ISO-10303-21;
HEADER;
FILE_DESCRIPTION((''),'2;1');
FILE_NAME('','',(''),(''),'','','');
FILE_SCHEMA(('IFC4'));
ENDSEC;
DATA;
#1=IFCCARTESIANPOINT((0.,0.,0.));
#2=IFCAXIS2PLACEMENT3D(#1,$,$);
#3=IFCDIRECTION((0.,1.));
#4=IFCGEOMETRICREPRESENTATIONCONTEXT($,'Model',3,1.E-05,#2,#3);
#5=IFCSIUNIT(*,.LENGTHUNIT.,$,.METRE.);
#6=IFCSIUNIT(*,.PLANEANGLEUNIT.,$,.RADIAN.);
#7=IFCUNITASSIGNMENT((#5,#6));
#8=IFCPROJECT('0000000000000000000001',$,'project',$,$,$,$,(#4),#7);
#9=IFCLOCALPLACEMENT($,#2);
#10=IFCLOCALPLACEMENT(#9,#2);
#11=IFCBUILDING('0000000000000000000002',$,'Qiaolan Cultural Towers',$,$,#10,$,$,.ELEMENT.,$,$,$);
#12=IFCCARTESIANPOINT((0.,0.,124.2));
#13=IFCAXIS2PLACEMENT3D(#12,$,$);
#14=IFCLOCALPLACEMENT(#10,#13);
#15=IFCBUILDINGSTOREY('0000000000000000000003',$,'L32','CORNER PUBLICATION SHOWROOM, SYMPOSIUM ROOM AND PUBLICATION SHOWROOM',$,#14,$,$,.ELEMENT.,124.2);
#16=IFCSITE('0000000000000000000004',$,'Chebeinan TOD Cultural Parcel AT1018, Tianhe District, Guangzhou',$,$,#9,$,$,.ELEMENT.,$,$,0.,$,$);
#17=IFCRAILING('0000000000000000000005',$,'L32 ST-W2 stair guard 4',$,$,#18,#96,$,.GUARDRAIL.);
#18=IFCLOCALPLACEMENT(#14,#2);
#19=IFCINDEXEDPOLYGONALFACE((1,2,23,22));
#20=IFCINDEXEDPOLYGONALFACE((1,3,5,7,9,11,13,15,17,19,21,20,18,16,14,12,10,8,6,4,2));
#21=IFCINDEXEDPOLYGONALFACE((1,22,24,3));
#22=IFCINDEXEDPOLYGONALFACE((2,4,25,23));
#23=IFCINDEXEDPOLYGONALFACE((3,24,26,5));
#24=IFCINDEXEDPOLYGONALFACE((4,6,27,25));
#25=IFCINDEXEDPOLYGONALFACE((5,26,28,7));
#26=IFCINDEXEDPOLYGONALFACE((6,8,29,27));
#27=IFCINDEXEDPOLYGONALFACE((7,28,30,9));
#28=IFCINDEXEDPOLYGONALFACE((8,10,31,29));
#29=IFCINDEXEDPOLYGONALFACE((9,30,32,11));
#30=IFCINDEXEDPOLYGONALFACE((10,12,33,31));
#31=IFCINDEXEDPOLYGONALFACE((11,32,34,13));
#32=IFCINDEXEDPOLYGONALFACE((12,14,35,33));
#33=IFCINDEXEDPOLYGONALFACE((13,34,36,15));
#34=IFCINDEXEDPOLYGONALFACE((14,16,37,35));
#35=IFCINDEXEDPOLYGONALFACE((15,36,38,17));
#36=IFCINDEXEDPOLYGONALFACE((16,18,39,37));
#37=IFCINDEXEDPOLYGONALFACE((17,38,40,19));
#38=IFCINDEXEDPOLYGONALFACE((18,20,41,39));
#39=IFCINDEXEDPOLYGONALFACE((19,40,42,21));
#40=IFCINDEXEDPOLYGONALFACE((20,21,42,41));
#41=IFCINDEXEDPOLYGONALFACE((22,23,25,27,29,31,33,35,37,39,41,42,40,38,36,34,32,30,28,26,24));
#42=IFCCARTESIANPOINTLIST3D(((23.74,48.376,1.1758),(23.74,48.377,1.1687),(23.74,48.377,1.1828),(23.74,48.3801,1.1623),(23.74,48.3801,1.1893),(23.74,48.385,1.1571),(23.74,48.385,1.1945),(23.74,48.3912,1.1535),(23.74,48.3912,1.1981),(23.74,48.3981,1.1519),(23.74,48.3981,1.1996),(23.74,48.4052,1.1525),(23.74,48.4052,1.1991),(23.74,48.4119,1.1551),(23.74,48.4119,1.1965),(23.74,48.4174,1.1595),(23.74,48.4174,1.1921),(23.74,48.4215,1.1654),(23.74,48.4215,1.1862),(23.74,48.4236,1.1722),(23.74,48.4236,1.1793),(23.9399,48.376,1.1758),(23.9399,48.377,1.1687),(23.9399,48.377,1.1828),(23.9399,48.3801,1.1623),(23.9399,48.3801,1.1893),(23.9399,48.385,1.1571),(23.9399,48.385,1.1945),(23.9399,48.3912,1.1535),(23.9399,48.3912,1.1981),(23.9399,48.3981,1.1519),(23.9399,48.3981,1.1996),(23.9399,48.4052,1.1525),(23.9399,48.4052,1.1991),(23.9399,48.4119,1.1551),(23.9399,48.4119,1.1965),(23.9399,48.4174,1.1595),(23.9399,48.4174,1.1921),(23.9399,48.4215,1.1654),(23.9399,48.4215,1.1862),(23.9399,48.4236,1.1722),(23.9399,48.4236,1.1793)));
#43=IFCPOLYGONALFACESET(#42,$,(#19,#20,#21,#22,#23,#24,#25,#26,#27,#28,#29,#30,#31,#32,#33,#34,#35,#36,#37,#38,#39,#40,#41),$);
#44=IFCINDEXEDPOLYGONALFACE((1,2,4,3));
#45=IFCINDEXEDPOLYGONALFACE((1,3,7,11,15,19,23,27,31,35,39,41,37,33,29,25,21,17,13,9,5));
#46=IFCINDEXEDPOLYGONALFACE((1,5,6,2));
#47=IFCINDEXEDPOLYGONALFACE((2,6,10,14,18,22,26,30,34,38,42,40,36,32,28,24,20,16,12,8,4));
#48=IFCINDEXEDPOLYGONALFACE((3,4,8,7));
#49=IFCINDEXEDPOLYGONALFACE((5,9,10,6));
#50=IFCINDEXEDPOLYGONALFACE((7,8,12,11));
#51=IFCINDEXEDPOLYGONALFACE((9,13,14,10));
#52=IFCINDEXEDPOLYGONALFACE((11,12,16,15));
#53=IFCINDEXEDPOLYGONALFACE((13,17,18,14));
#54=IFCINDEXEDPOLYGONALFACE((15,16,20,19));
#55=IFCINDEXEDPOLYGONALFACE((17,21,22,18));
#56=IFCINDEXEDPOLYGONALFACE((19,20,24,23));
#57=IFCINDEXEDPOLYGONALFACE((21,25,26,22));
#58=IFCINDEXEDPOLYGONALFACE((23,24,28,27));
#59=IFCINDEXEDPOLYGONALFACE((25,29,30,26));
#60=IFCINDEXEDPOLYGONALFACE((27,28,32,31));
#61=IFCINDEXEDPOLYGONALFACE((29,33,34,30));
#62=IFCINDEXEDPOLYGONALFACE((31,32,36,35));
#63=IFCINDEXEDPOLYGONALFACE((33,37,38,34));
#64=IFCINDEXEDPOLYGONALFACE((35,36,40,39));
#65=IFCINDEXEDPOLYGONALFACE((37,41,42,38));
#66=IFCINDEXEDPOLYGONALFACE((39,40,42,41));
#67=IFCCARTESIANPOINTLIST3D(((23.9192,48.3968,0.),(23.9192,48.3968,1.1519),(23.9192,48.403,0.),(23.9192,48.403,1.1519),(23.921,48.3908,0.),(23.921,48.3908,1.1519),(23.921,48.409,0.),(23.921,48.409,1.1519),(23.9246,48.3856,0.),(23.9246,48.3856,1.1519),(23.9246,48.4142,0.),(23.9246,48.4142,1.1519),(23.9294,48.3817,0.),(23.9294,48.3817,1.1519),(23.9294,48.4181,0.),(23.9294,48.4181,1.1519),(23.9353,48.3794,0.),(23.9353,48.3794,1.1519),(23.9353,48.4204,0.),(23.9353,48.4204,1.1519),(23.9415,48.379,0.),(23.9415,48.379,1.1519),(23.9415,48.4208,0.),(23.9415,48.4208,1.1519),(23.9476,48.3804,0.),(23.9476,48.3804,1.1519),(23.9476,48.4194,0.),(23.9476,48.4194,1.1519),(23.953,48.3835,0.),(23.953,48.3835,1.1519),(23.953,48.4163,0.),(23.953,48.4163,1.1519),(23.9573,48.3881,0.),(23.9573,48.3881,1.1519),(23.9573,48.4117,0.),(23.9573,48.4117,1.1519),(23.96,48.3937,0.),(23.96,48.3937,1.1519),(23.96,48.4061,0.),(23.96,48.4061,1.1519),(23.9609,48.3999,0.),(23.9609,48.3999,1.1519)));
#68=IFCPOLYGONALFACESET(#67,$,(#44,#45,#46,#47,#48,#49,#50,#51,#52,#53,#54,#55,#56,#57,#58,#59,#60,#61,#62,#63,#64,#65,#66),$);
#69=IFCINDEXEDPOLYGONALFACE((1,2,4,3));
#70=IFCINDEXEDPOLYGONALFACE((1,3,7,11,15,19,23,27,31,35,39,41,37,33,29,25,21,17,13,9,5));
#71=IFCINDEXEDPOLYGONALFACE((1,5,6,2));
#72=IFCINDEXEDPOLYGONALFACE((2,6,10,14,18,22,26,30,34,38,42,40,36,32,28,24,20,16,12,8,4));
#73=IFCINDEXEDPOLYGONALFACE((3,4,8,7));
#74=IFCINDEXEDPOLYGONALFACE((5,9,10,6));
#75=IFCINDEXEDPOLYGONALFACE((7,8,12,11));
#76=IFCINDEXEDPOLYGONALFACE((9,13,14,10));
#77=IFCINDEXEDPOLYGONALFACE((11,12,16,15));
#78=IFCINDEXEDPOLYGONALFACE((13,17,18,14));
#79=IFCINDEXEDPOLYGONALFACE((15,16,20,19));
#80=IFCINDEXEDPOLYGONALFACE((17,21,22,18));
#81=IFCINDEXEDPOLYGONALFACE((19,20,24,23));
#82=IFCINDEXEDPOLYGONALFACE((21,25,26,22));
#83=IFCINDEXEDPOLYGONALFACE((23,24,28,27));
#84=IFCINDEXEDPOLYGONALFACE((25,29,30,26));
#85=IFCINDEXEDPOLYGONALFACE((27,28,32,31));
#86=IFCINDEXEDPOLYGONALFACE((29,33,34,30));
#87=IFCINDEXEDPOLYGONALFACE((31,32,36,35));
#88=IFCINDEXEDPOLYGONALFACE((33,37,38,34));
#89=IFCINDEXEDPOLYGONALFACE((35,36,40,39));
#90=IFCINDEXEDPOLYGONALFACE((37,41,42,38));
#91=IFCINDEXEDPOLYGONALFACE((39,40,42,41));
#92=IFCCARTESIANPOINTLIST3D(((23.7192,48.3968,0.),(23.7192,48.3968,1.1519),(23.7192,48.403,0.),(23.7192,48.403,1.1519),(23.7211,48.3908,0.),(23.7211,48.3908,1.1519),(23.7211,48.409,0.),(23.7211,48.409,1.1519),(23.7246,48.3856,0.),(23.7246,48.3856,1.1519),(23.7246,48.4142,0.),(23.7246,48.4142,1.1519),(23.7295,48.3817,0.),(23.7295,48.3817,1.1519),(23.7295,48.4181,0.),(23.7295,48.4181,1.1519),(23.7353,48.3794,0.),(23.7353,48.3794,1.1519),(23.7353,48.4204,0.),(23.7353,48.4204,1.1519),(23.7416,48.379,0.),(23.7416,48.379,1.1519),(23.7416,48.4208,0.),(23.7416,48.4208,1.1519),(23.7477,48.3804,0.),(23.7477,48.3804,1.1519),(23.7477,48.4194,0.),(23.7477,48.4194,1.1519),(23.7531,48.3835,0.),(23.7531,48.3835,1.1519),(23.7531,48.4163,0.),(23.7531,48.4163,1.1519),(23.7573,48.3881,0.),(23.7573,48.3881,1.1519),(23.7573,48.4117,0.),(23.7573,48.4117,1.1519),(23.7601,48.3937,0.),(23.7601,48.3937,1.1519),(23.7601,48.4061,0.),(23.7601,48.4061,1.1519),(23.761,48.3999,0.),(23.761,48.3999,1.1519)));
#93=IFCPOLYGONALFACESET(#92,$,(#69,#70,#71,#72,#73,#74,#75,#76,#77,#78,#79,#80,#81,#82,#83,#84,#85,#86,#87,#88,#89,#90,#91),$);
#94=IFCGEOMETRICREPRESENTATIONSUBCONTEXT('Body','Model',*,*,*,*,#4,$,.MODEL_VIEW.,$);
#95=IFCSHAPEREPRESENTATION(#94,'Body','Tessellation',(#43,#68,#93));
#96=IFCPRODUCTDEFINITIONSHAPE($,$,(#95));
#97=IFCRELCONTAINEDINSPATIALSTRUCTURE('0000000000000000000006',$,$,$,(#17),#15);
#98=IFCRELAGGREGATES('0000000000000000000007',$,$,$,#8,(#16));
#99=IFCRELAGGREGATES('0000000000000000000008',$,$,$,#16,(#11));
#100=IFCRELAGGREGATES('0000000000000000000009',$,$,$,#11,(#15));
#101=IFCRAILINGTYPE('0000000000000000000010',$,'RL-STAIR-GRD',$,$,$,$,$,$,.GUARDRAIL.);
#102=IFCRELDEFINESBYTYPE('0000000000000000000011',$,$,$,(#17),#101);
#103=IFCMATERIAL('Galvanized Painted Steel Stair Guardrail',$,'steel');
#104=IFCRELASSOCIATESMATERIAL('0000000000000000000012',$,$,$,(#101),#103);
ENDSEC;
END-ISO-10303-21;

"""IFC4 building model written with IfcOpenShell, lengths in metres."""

from ifc_helpers import new_model, si_unit, direction, frame, origin, origin_2d, place, context, subcontext, project, spatial, circle, extrude, material, type_object, element, save


model = new_model("IFC4")

# Units and contexts
model_context = context("Model", 3, precision=1e-05, world=origin(), true_north=direction((0.0, 1.0)))
body_context = subcontext(model_context, "Body", "Model", "MODEL_VIEW")
ifc_project = project(units=[si_unit("LENGTHUNIT", "METRE"), si_unit("PLANEANGLEUNIT", "RADIAN")], contexts=[model_context])

# Site, building, storey
site_placement = place(None, origin())
site = spatial("IfcSite", under=ifc_project, at=site_placement, Name="Chebeinan TOD Cultural Parcel AT1018, Tianhe District, Guangzhou", CompositionType="ELEMENT", RefElevation=0.0)
building_placement = place(site_placement, origin())
building = spatial("IfcBuilding", under=site, at=building_placement, Name="Qiaolan Cultural Towers", CompositionType="ELEMENT")
storey_placement = place(building_placement, frame((0.0, 0.0, 124.2)))
storey = spatial("IfcBuildingStorey", under=building, at=storey_placement, Name="L32", Description="CORNER PUBLICATION SHOWROOM, SYMPOSIUM ROOM AND PUBLICATION SHOWROOM", CompositionType="ELEMENT", Elevation=124.2)

# Railing
ifc_material_1 = material(Name="Galvanized Painted Steel Stair Guardrail", Category="steel")
railing_type_1 = type_object("IfcRailingType", Name="RL-STAIR-GRD", PredefinedType="GUARDRAIL", material=ifc_material_1)
railing_1_placement = place(storey_placement, frame((23.9399, 48.3999, 0.0)))
element("IfcRailing", 1, at=railing_1_placement, inside=storey, type_object=railing_type_1, Name="L32 ST-W2 stair guard 4", PredefinedType="GUARDRAIL", context=body_context, shape_type="SweptSolid", body=[
    extrude(circle(Radius=0.0239, at=origin_2d()), frame((0.0, 0.0, 1.1758), z_axis=(-1.0, 0.0, 0.0), x_axis=(0.0, -1.0, 0.0)), (0.0, 0.0, 1.0), 0.2),
    extrude(circle(Radius=0.021, at=origin_2d()), origin(), (0.0, 0.0, 1.0), 1.1519),
    extrude(circle(Radius=0.021, at=origin_2d()), frame((-0.2, 0.0, 0.0)), (0.0, 0.0, 1.0), 1.1519),
])

save(model, "model.ifc")
